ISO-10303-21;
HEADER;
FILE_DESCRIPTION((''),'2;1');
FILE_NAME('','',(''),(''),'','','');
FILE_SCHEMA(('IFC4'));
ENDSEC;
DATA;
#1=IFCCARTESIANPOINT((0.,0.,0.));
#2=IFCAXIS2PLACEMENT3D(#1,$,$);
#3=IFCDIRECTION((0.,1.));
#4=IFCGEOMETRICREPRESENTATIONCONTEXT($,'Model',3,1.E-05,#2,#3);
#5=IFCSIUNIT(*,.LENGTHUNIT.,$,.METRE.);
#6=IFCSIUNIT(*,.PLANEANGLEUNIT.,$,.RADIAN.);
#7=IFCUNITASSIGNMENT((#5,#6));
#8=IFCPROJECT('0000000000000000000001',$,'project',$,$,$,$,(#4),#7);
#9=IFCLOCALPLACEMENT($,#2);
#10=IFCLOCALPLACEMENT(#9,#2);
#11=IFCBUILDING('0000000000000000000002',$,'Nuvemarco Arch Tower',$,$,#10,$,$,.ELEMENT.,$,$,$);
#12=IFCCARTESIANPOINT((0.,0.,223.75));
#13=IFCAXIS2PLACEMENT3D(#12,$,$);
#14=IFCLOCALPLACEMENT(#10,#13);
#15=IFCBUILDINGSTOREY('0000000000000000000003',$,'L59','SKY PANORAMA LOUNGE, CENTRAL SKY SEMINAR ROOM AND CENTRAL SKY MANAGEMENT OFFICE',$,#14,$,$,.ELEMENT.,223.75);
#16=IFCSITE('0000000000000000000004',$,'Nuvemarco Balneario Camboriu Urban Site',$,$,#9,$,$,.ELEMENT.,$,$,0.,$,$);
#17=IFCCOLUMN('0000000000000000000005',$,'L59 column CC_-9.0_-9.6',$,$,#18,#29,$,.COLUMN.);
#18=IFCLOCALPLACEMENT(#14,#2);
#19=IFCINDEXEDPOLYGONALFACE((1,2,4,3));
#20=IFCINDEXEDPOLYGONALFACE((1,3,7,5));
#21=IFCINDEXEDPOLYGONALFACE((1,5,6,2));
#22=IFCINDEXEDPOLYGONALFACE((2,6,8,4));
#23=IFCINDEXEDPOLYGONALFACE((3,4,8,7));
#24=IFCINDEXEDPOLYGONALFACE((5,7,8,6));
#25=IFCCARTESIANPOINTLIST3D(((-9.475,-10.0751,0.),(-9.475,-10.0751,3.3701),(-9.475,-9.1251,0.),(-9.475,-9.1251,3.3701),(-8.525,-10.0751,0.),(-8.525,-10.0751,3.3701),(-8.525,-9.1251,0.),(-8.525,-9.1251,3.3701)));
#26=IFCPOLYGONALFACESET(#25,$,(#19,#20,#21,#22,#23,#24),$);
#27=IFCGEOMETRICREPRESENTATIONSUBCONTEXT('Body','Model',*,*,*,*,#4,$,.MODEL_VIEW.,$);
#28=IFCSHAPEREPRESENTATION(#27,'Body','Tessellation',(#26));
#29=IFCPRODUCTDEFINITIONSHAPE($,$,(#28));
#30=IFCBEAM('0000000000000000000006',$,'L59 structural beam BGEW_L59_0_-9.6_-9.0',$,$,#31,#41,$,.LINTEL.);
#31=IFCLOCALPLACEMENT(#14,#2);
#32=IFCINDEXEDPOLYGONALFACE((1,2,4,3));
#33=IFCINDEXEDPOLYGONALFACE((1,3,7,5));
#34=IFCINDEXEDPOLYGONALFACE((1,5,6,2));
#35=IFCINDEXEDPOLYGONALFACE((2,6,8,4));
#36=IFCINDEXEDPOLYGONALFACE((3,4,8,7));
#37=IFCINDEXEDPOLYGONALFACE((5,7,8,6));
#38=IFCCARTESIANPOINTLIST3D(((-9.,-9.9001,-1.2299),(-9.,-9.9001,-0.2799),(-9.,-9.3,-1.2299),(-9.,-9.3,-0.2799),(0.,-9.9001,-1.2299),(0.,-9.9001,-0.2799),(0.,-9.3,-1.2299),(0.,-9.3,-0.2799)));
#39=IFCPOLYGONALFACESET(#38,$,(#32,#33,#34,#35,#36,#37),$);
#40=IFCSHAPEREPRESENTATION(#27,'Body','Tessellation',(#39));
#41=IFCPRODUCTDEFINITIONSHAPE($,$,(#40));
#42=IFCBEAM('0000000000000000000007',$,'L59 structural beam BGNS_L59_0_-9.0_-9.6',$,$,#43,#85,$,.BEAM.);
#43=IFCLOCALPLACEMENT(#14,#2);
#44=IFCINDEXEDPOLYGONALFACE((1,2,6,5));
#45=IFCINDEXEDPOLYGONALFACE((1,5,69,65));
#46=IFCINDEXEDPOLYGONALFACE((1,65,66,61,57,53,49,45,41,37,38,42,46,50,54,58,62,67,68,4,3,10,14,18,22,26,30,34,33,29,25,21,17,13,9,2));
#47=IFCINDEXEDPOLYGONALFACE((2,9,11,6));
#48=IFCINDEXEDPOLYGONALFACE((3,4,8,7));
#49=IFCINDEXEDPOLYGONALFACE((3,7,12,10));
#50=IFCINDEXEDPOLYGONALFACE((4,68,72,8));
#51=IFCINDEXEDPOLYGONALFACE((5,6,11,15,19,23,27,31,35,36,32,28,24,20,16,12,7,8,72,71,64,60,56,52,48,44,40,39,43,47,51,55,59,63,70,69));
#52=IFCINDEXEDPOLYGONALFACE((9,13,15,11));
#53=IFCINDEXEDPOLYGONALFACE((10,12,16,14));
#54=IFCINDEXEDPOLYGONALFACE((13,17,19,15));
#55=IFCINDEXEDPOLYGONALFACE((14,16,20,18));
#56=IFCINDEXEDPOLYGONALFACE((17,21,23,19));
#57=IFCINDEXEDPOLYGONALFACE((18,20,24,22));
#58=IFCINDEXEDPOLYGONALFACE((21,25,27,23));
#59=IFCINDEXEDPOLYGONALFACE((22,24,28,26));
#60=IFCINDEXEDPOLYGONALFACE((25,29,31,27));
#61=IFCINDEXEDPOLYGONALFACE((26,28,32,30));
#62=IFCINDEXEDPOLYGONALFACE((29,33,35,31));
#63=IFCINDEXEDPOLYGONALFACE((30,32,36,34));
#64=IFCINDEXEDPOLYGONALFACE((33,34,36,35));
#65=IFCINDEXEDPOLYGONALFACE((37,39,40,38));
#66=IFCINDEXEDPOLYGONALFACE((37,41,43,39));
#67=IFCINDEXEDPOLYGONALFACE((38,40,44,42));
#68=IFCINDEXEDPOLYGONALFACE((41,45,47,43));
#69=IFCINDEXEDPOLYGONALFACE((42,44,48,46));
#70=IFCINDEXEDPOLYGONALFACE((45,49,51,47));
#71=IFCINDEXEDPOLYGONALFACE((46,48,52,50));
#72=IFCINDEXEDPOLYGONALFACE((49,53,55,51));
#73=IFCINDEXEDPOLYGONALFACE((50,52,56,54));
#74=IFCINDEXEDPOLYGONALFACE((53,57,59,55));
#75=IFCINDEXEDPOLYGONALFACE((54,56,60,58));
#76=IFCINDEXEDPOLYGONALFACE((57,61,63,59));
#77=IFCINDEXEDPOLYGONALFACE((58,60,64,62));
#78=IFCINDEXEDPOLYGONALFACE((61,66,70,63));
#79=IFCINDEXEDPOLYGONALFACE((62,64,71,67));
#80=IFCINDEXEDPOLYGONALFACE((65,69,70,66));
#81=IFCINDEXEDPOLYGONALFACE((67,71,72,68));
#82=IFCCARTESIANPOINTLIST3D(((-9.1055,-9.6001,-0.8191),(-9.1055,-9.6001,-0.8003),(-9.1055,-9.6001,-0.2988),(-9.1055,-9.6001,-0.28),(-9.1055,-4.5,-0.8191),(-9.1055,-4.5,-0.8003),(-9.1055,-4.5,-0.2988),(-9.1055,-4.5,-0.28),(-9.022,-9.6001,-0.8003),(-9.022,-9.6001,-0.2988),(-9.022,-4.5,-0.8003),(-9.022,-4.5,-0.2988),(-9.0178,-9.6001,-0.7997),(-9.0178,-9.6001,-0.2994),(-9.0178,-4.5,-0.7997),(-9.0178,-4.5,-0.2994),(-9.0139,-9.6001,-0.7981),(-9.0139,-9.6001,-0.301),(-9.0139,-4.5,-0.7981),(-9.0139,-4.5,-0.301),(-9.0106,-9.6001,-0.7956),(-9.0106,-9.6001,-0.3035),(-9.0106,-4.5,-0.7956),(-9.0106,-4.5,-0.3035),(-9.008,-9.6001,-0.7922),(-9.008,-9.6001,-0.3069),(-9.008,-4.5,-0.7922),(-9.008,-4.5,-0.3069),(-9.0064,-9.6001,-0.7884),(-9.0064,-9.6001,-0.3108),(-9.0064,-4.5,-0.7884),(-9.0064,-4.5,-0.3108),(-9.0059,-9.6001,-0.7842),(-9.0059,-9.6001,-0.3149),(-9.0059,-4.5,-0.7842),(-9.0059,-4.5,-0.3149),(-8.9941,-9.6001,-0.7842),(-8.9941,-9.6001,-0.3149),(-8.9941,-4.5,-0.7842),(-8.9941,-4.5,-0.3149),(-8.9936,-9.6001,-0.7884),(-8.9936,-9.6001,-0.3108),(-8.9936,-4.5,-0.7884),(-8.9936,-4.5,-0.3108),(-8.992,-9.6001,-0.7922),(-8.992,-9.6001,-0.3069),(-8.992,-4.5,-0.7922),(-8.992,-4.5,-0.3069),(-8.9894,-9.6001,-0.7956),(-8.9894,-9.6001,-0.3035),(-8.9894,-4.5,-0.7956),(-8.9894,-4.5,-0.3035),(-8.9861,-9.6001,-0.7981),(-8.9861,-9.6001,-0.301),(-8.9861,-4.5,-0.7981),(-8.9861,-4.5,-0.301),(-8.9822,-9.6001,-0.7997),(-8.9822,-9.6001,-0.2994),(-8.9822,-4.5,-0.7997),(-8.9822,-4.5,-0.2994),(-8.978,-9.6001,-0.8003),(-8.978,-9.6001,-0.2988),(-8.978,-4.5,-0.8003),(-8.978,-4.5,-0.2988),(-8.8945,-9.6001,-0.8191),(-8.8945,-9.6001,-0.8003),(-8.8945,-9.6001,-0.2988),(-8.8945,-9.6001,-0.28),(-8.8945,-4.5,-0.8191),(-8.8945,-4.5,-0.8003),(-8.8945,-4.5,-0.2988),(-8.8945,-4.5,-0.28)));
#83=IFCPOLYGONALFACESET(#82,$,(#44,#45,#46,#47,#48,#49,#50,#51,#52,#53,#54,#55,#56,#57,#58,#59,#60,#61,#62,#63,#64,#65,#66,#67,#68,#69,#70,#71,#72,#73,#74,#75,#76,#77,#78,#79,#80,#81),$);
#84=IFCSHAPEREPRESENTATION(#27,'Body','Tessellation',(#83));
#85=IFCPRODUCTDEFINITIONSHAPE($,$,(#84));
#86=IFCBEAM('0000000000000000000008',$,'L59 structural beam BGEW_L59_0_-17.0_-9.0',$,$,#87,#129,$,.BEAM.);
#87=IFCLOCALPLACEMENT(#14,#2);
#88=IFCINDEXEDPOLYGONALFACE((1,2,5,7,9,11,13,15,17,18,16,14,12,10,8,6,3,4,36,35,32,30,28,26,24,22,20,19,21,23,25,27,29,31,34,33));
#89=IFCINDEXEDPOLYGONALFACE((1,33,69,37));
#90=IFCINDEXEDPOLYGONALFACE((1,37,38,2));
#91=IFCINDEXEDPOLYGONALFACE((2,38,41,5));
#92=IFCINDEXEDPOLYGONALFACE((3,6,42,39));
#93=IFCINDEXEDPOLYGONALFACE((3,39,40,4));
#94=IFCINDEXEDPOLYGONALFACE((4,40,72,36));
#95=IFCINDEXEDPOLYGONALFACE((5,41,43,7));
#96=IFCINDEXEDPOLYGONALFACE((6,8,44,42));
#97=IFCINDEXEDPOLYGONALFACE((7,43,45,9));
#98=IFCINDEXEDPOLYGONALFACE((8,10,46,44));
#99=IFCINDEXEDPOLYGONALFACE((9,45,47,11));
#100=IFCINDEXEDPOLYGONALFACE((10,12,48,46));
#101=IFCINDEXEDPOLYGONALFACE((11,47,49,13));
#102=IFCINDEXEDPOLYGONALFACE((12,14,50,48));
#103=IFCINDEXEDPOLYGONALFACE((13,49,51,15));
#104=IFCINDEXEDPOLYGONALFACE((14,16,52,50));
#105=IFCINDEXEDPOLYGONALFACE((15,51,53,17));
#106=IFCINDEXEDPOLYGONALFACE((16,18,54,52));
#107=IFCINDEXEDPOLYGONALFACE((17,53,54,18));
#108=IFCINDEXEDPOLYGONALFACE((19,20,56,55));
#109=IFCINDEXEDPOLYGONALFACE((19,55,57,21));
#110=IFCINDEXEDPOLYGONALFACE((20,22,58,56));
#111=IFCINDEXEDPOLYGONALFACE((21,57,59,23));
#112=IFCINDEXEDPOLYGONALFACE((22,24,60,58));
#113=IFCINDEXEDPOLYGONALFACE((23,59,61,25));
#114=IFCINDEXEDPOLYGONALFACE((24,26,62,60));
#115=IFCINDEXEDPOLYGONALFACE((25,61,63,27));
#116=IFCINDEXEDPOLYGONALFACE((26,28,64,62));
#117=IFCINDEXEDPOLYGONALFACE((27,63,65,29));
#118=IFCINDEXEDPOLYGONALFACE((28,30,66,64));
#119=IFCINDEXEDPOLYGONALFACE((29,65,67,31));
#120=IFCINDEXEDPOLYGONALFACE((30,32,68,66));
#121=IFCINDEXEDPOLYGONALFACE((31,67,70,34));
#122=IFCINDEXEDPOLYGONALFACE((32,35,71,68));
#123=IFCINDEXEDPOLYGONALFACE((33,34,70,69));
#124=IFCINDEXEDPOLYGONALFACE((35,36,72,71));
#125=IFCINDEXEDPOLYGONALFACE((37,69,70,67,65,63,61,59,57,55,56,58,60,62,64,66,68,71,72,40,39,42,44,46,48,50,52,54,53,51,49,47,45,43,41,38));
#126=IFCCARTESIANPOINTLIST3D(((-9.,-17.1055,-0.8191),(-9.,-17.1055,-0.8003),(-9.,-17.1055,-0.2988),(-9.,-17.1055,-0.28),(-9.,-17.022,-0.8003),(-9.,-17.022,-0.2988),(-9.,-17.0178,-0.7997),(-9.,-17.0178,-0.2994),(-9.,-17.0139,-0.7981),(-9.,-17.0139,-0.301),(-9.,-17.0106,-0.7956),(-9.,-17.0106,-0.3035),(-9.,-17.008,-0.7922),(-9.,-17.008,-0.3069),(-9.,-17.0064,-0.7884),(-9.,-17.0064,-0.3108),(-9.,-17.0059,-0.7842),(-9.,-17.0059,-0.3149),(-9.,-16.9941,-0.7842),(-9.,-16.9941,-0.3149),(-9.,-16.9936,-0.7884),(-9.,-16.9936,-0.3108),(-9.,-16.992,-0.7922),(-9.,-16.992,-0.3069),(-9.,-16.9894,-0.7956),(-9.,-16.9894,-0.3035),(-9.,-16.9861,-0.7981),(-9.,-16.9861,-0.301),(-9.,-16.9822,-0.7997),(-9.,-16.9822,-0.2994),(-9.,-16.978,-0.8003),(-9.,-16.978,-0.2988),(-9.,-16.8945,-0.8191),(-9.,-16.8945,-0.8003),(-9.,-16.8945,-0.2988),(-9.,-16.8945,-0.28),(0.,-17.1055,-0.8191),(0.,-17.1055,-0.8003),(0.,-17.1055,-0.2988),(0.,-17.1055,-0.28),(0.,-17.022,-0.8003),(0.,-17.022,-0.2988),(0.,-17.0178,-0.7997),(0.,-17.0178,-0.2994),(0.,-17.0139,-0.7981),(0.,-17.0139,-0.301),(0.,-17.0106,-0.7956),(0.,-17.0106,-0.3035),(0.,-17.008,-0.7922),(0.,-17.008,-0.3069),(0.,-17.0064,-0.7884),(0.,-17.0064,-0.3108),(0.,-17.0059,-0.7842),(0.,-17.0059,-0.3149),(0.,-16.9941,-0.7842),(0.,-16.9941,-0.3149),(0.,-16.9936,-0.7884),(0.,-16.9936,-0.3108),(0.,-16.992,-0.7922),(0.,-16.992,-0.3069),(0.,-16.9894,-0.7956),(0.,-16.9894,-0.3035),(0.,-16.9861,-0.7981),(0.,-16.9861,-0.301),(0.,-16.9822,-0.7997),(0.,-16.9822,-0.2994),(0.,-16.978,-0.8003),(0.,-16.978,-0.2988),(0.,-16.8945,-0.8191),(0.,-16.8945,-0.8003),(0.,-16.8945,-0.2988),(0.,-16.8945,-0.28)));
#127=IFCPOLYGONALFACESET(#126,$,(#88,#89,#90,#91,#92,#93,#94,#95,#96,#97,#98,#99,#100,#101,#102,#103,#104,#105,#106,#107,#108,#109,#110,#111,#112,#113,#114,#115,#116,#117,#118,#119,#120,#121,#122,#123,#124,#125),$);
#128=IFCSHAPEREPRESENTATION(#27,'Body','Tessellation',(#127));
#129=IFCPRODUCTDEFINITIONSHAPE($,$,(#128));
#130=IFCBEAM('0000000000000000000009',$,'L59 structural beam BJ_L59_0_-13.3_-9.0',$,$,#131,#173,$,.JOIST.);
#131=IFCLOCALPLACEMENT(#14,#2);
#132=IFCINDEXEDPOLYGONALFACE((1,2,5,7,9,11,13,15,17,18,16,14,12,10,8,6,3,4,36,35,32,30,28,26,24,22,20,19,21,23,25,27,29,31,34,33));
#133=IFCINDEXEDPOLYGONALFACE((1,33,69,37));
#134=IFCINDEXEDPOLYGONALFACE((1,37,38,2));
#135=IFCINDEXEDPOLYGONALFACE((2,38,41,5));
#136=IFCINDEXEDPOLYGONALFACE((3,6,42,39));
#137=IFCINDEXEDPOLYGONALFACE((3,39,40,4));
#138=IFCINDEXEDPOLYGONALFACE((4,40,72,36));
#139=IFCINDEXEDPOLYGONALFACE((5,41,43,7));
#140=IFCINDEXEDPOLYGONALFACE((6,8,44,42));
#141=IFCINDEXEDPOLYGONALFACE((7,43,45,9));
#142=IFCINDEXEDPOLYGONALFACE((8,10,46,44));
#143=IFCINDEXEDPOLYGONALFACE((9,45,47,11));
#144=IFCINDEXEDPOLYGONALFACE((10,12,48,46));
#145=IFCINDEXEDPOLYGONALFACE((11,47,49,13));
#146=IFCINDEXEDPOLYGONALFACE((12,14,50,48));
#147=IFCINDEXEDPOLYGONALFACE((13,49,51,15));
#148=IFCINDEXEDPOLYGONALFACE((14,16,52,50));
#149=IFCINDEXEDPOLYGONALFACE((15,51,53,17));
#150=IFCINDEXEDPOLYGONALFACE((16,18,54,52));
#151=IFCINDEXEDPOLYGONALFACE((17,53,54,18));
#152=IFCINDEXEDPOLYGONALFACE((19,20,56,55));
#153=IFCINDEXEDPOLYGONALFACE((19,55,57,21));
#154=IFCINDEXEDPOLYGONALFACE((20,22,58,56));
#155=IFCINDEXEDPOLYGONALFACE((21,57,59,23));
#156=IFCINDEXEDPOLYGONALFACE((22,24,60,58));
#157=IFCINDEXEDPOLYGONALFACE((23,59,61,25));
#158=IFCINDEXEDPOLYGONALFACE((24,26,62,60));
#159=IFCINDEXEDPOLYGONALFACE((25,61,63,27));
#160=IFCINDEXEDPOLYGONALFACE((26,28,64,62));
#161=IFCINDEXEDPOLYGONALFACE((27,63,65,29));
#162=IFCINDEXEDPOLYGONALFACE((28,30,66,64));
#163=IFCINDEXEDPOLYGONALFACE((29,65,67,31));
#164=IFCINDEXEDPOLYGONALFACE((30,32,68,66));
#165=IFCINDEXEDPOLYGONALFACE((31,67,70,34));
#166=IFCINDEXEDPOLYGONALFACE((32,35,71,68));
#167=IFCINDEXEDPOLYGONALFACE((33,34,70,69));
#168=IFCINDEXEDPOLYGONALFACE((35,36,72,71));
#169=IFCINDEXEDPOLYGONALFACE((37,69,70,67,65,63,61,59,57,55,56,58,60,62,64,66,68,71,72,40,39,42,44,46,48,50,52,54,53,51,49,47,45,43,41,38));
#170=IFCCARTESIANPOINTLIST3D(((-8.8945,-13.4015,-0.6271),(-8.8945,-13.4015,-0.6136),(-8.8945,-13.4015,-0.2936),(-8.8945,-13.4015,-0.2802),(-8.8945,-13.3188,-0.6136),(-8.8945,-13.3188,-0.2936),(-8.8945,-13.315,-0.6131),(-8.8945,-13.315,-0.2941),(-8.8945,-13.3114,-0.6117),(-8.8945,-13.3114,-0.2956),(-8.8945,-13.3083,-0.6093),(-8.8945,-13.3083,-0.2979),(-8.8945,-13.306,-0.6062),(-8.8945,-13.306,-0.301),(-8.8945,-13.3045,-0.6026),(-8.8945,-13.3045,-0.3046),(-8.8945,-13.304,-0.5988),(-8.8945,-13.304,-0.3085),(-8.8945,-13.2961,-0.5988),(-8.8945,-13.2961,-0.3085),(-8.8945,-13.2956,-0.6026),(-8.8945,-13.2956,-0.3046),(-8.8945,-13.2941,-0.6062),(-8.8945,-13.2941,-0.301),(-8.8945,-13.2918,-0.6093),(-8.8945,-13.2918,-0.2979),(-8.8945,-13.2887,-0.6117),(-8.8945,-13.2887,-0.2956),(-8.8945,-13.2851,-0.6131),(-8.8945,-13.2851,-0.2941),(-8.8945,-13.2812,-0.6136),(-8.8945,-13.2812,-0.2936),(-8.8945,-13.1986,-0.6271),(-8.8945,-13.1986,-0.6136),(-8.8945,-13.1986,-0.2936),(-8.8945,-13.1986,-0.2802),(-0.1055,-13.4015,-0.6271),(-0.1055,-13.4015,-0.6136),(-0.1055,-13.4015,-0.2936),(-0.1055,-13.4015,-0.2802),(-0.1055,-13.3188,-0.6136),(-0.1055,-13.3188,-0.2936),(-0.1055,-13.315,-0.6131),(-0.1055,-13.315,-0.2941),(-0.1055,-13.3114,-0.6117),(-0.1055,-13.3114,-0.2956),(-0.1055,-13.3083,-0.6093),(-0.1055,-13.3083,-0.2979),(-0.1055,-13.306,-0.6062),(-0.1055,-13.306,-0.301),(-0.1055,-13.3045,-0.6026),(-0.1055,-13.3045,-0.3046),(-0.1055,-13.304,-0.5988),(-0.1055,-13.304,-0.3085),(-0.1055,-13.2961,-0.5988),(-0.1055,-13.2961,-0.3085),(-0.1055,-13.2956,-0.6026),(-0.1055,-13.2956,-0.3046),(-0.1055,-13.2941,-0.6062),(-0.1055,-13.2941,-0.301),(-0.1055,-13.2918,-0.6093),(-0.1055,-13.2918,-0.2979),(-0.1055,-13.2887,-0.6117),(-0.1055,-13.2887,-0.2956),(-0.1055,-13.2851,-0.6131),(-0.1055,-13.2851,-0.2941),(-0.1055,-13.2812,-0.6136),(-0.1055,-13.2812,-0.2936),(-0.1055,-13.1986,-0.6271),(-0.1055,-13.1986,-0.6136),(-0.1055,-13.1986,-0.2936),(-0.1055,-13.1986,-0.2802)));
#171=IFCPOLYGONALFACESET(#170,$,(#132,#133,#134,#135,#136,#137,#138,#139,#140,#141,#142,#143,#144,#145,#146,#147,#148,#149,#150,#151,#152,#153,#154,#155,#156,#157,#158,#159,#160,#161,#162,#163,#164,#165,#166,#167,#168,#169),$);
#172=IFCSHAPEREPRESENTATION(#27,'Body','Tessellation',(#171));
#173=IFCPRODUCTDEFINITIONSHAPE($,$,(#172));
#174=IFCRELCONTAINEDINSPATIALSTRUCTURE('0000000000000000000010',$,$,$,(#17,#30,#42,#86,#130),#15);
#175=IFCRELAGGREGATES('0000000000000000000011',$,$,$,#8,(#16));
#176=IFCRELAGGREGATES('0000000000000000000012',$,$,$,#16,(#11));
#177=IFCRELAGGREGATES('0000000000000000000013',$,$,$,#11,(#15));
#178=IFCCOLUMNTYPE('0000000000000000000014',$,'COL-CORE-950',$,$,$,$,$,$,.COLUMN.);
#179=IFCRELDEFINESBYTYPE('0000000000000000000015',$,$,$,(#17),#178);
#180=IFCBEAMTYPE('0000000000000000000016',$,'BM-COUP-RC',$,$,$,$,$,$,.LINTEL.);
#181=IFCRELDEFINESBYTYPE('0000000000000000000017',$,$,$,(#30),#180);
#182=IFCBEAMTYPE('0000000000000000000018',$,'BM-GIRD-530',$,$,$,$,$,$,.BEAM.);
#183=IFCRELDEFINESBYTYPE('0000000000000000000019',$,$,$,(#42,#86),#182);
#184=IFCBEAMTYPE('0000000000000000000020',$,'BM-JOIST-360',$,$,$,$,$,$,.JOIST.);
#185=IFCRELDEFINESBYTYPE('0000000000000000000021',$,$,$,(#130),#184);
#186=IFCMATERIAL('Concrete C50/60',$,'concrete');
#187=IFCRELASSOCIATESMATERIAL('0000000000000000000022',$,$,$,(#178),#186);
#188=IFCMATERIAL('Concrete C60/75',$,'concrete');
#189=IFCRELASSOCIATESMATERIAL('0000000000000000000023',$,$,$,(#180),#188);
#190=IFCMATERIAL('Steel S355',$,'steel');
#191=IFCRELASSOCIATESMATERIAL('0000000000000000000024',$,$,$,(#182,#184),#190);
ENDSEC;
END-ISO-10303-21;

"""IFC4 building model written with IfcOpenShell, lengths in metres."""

from ifc_helpers import new_model, si_unit, direction, frame, origin, origin_2d, place, context, subcontext, project, spatial, rectangle, i_section, extrude, material, material_profile, profile_set, type_object, element, save


model = new_model("IFC4")

# Units and contexts
model_context = context("Model", 3, precision=1e-05, world=origin(), true_north=direction((0.0, 1.0)))
body_context = subcontext(model_context, "Body", "Model", "MODEL_VIEW")
ifc_project = project(units=[si_unit("LENGTHUNIT", "METRE"), si_unit("PLANEANGLEUNIT", "RADIAN")], contexts=[model_context])

# Site, building, storey
site_placement = place(None, origin())
site = spatial("IfcSite", under=ifc_project, at=site_placement, Name="Nuvemarco Balneario Camboriu Urban Site", CompositionType="ELEMENT", RefElevation=0.0)
building_placement = place(site_placement, origin())
building = spatial("IfcBuilding", under=site, at=building_placement, Name="Nuvemarco Arch Tower", CompositionType="ELEMENT")
storey_placement = place(building_placement, frame((0.0, 0.0, 223.75)))
storey = spatial("IfcBuildingStorey", under=building, at=storey_placement, Name="L59", Description="SKY PANORAMA LOUNGE, CENTRAL SKY SEMINAR ROOM AND CENTRAL SKY MANAGEMENT OFFICE", CompositionType="ELEMENT", Elevation=223.75)

# Column
ifc_material_1 = material(Name="Concrete C50/60", Category="concrete")
ifc_material_profile_1 = material_profile(ifc_material_1, rectangle(XDim=0.95, YDim=0.95, at=origin_2d()), Name="RC-COL-950x950")
ifc_profile_set_1 = profile_set([ifc_material_profile_1], Name="Concrete C50/60")
column_type = type_object("IfcColumnType", Name="COL-CORE-950", PredefinedType="COLUMN", material=ifc_profile_set_1)
column_placement = place(storey_placement, frame((-9.0, -9.6001, 0.0), z_axis=(0.0, 0.0, 1.0), x_axis=(1.0, 0.0, 0.0)))
element("IfcColumn", 1, at=column_placement, inside=storey, type_object=column_type, Name="L59 column CC_-9.0_-9.6", PredefinedType="COLUMN", context=body_context, shape_type="SweptSolid", body=[
    extrude(rectangle(XDim=0.95, YDim=0.95, at=origin_2d()), origin(), (0.0, 0.0, 1.0), 3.3701),
])

# Beams
ifc_material_2 = material(Name="Concrete C60/75", Category="concrete")
ifc_material_profile_2 = material_profile(ifc_material_2, rectangle(XDim=0.6001, YDim=0.95, at=origin_2d()), Name="RC-BM-600x950")
ifc_profile_set_2 = profile_set([ifc_material_profile_2], Name="Concrete C60/75")
beam_type_1 = type_object("IfcBeamType", Name="BM-COUP-RC", PredefinedType="LINTEL", material=ifc_profile_set_2)
beam_1_placement = place(storey_placement, frame((-9.0, -9.6001, -0.7549), z_axis=(1.0, 0.0, 0.0), x_axis=(0.0, 1.0, 0.0)))
element("IfcBeam", 2, at=beam_1_placement, inside=storey, type_object=beam_type_1, Name="L59 structural beam BGEW_L59_0_-9.6_-9.0", PredefinedType="LINTEL", context=body_context, shape_type="SweptSolid", body=[
    extrude(rectangle(XDim=0.6001, YDim=0.95, at=origin_2d()), origin(), (0.0, 0.0, 1.0), 9.0),
])
ifc_material_3 = material(Name="Steel S355", Category="steel")
ifc_material_profile_3 = material_profile(ifc_material_3, i_section(OverallWidth=0.2109, OverallDepth=0.5391, WebThickness=0.0117, FlangeThickness=0.0188, FilletRadius=0.0161, at=origin_2d()), Name="W530x109")
ifc_profile_set_3 = profile_set([ifc_material_profile_3], Name="Steel S355")
beam_type_2 = type_object("IfcBeamType", Name="BM-GIRD-530", PredefinedType="BEAM", material=ifc_profile_set_3)
beam_2_placement = place(storey_placement, frame((-9.0, -9.6001, -0.5496), z_axis=(0.0, 1.0, 0.0), x_axis=(-1.0, 0.0, 0.0)))
element("IfcBeam", 3, at=beam_2_placement, inside=storey, type_object=beam_type_2, Name="L59 structural beam BGNS_L59_0_-9.0_-9.6", PredefinedType="BEAM", context=body_context, shape_type="SweptSolid", body=[
    extrude(i_section(OverallWidth=0.2109, OverallDepth=0.5391, WebThickness=0.0117, FlangeThickness=0.0188, FilletRadius=0.0161, at=origin_2d()), origin(), (0.0, 0.0, 1.0), 5.1001),
])
beam_3_placement = place(storey_placement, frame((-9.0, -17.0, -0.5496), z_axis=(1.0, 0.0, 0.0), x_axis=(0.0, 1.0, 0.0)))
element("IfcBeam", 4, at=beam_3_placement, inside=storey, type_object=beam_type_2, Name="L59 structural beam BGEW_L59_0_-17.0_-9.0", PredefinedType="BEAM", context=body_context, shape_type="SweptSolid", body=[
    extrude(i_section(OverallWidth=0.2109, OverallDepth=0.5391, WebThickness=0.0117, FlangeThickness=0.0188, FilletRadius=0.0161, at=origin_2d()), origin(), (0.0, 0.0, 1.0), 9.0),
])
ifc_material_profile_4 = material_profile(ifc_material_3, i_section(OverallWidth=0.2029, OverallDepth=0.3469, WebThickness=0.0078, FlangeThickness=0.0134, FilletRadius=0.0149, at=origin_2d()), Name="W360x64")
ifc_profile_set_4 = profile_set([ifc_material_profile_4], Name="Steel S355")
beam_type_3 = type_object("IfcBeamType", Name="BM-JOIST-360", PredefinedType="JOIST", material=ifc_profile_set_4)
beam_4_placement = place(storey_placement, frame((-8.8945, -13.3, -0.4536), z_axis=(1.0, 0.0, 0.0), x_axis=(0.0, 1.0, 0.0)))
element("IfcBeam", 5, at=beam_4_placement, inside=storey, type_object=beam_type_3, Name="L59 structural beam BJ_L59_0_-13.3_-9.0", PredefinedType="JOIST", context=body_context, shape_type="SweptSolid", body=[
    extrude(i_section(OverallWidth=0.2029, OverallDepth=0.3469, WebThickness=0.0078, FlangeThickness=0.0134, FilletRadius=0.0149, at=origin_2d()), origin(), (0.0, 0.0, 1.0), 8.7891),
])

save(model, "model.ifc")
